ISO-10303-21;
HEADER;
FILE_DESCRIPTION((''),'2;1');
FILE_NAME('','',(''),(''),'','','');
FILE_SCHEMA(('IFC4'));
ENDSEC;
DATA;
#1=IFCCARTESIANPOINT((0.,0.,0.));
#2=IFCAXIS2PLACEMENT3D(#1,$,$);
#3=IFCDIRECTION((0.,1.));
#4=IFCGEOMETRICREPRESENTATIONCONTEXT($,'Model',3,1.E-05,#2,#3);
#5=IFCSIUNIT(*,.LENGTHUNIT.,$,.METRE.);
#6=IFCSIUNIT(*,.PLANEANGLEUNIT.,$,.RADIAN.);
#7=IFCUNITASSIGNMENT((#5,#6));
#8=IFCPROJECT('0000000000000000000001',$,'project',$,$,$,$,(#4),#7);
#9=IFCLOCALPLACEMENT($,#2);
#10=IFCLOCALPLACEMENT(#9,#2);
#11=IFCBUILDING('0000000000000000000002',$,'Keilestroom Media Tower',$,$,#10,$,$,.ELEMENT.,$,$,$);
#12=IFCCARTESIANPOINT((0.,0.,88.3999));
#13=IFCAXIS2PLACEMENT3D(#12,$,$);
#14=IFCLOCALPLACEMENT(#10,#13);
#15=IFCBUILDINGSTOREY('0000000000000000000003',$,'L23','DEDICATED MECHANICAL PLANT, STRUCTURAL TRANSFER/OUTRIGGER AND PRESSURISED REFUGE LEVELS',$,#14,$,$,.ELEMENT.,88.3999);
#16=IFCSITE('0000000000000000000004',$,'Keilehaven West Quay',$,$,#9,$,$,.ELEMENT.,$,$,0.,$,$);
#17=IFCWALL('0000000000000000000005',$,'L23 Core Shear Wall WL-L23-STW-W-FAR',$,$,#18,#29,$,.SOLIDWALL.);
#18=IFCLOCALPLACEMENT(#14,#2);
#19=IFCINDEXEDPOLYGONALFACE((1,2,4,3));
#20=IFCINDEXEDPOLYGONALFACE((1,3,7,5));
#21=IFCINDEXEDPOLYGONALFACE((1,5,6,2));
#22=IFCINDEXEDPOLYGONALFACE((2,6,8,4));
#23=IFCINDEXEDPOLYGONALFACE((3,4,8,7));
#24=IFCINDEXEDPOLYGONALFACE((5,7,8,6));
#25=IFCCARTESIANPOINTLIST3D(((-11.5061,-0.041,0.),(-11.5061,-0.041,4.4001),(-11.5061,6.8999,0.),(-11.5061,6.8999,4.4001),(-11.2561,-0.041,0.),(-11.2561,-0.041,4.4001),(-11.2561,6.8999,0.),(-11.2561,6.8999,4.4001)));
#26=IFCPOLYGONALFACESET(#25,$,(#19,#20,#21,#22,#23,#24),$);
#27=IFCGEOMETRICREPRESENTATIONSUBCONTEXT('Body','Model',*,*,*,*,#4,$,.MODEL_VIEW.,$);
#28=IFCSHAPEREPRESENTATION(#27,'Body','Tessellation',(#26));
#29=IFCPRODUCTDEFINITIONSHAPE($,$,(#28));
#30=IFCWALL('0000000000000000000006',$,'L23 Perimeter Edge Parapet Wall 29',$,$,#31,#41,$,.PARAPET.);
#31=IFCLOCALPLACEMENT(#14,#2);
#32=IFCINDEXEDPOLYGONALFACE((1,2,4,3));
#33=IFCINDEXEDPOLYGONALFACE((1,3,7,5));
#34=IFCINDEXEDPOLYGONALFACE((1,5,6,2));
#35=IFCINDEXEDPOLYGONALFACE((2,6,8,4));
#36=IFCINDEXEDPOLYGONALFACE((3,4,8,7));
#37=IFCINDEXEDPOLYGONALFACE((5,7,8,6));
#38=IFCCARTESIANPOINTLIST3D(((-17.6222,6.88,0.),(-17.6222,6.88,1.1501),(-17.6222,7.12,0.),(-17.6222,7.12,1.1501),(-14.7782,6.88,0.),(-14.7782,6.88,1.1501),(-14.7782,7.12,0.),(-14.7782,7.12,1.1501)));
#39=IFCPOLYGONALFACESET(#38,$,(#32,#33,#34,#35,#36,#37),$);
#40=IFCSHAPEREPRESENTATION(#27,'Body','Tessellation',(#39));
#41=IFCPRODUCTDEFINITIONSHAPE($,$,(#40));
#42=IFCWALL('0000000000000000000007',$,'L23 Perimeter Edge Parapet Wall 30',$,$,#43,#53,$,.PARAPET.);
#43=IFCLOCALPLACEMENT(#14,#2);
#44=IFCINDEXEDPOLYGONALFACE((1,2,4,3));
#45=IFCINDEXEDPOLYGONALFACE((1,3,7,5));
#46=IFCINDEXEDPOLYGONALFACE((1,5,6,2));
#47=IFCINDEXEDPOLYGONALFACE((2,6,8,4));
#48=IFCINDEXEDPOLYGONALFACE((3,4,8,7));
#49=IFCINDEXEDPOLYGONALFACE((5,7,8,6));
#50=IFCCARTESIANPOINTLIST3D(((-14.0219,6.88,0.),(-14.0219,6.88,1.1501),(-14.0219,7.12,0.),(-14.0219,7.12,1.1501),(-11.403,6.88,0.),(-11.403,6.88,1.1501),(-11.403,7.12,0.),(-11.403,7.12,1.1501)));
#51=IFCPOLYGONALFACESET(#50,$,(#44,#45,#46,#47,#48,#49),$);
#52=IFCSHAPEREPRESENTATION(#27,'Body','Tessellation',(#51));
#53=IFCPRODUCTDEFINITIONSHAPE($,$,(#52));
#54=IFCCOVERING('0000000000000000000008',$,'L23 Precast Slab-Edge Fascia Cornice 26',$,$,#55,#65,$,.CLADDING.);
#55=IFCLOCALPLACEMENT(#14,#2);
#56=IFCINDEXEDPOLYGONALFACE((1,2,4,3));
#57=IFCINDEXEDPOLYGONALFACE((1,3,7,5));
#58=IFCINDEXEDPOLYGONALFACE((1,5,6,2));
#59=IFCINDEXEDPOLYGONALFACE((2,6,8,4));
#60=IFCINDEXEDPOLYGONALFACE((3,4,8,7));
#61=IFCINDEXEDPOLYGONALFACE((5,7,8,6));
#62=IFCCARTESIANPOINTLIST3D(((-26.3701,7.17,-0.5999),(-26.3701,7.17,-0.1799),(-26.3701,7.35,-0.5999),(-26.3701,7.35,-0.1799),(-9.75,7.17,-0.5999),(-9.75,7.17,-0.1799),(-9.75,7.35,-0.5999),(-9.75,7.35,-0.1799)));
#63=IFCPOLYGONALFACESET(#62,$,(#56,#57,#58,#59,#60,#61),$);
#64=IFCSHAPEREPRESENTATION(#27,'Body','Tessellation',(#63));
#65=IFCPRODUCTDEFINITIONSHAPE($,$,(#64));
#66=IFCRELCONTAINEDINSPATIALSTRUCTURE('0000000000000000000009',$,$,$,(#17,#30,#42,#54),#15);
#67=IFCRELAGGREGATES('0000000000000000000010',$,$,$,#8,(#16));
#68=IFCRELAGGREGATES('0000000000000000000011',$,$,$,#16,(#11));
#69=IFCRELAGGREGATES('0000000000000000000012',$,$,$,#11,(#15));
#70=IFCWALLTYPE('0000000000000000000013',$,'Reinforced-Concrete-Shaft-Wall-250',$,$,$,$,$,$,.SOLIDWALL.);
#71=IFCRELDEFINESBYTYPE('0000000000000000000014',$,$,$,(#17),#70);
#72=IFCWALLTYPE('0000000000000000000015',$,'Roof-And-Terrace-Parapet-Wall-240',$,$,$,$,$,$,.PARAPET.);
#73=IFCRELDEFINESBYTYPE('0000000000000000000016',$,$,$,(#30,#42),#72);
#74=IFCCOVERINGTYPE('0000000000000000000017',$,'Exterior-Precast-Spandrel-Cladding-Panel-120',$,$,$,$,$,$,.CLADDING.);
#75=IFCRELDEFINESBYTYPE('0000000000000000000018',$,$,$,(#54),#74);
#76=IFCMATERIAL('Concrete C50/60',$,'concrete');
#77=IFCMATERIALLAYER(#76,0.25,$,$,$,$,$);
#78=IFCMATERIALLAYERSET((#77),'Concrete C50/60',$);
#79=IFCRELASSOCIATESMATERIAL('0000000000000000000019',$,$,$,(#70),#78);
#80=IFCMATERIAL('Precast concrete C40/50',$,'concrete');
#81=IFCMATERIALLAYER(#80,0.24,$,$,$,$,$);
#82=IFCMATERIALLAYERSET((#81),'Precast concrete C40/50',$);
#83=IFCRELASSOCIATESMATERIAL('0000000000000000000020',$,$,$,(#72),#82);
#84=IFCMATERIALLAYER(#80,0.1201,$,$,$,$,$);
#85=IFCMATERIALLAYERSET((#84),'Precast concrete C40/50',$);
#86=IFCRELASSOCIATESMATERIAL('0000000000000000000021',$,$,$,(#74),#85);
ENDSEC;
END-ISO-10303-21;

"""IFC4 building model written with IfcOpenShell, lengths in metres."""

from ifc_helpers import new_model, si_unit, direction, frame, frame_2d, origin, origin_2d, place, context, subcontext, project, spatial, rectangle, extrude, source, transform, mapped, material, layer, layer_set, type_object, element, save


model = new_model("IFC4")

# Units and contexts
model_context = context("Model", 3, precision=1e-05, world=origin(), true_north=direction((0.0, 1.0)))
body_context = subcontext(model_context, "Body", "Model", "MODEL_VIEW")
ifc_project = project(units=[si_unit("LENGTHUNIT", "METRE"), si_unit("PLANEANGLEUNIT", "RADIAN")], contexts=[model_context])

# Site, building, storey
site_placement = place(None, origin())
site = spatial("IfcSite", under=ifc_project, at=site_placement, Name="Keilehaven West Quay", CompositionType="ELEMENT", RefElevation=0.0)
building_placement = place(site_placement, origin())
building = spatial("IfcBuilding", under=site, at=building_placement, Name="Keilestroom Media Tower", CompositionType="ELEMENT")
storey_placement = place(building_placement, frame((0.0, 0.0, 88.3999)))
storey = spatial("IfcBuildingStorey", under=building, at=storey_placement, Name="L23", Description="DEDICATED MECHANICAL PLANT, STRUCTURAL TRANSFER/OUTRIGGER AND PRESSURISED REFUGE LEVELS", CompositionType="ELEMENT", Elevation=88.3999)

# Shared definitions
ifc_material_1 = material(Name="Precast concrete C40/50", Category="concrete")

# Walls
ifc_material_2 = material(Name="Concrete C50/60", Category="concrete")
ifc_layer_1 = layer(ifc_material_2, 0.25)
ifc_layer_set_1 = layer_set([ifc_layer_1], Name="Concrete C50/60")
wall_type_1 = type_object("IfcWallType", Name="Reinforced-Concrete-Shaft-Wall-250", PredefinedType="SOLIDWALL", material=ifc_layer_set_1)
wall_1_placement = place(storey_placement, frame((-11.3811, -0.041, 0.0), z_axis=(0.0, 0.0, 1.0), x_axis=(0.0, 1.0, 0.0)))
element("IfcWall", 1, at=wall_1_placement, inside=storey, type_object=wall_type_1, Name="L23 Core Shear Wall WL-L23-STW-W-FAR", PredefinedType="SOLIDWALL", context=body_context, shape_type="SweptSolid", body=[
    extrude(rectangle(XDim=6.9409, YDim=0.25, at=frame_2d((3.4705, 0.0))), origin(), (0.0, 0.0, 1.0), 4.4001),
])
ifc_layer_2 = layer(ifc_material_1, 0.24)
ifc_layer_set_2 = layer_set([ifc_layer_2], Name="Precast concrete C40/50")
wall_type_2 = type_object("IfcWallType", Name="Roof-And-Terrace-Parapet-Wall-240", PredefinedType="PARAPET", material=ifc_layer_set_2)
wall_2_placement = place(storey_placement, frame((-17.6221, 7.0, 0.0), z_axis=(0.0, 0.0, 1.0), x_axis=(1.0, 0.0, 0.0)))
element("IfcWall", 2, at=wall_2_placement, inside=storey, type_object=wall_type_2, Name="L23 Perimeter Edge Parapet Wall 29", PredefinedType="PARAPET", context=body_context, shape_type="SweptSolid", body=[
    extrude(rectangle(XDim=2.844, YDim=0.24, at=frame_2d((1.4219, 0.0))), origin(), (0.0, 0.0, 1.0), 1.1501),
])
wall_3_placement = place(storey_placement, frame((-14.022, 7.0, 0.0), z_axis=(0.0, 0.0, 1.0), x_axis=(1.0, 0.0, 0.0)))
element("IfcWall", 3, at=wall_3_placement, inside=storey, type_object=wall_type_2, Name="L23 Perimeter Edge Parapet Wall 30", PredefinedType="PARAPET", context=body_context, shape_type="SweptSolid", body=[
    extrude(rectangle(XDim=2.6189, YDim=0.24, at=frame_2d((1.3096, 0.0))), origin(), (0.0, 0.0, 1.0), 1.1501),
])

# Covering
ifc_layer_3 = layer(ifc_material_1, 0.1201)
ifc_layer_set_3 = layer_set([ifc_layer_3], Name="Precast concrete C40/50")
covering_type = type_object("IfcCoveringType", Name="Exterior-Precast-Spandrel-Cladding-Panel-120", PredefinedType="CLADDING", material=ifc_layer_set_3)
shared_shape_1 = source(origin(), body_context, "Body", "SweptSolid", [
    extrude(rectangle(XDim=16.6201, YDim=0.1799, at=origin_2d()), origin(), (0.0, 0.0, 1.0), 0.4199),
])
covering_placement = place(storey_placement, frame((-18.0601, 7.26, -0.5999), z_axis=(0.0, 0.0, 1.0), x_axis=(1.0, 0.0, 0.0)))
element("IfcCovering", 4, at=covering_placement, inside=storey, type_object=covering_type, Name="L23 Precast Slab-Edge Fascia Cornice 26", PredefinedType="CLADDING", context=body_context, shape_type="MappedRepresentation", body=[
    mapped(shared_shape_1, transform((0.0, 0.0, 0.0), x_axis=(1.0, 0.0, 0.0), y_axis=(0.0, 1.0, 0.0), z_axis=(0.0, 0.0, 1.0), scale=1.0)),
])

save(model, "model.ifc")
